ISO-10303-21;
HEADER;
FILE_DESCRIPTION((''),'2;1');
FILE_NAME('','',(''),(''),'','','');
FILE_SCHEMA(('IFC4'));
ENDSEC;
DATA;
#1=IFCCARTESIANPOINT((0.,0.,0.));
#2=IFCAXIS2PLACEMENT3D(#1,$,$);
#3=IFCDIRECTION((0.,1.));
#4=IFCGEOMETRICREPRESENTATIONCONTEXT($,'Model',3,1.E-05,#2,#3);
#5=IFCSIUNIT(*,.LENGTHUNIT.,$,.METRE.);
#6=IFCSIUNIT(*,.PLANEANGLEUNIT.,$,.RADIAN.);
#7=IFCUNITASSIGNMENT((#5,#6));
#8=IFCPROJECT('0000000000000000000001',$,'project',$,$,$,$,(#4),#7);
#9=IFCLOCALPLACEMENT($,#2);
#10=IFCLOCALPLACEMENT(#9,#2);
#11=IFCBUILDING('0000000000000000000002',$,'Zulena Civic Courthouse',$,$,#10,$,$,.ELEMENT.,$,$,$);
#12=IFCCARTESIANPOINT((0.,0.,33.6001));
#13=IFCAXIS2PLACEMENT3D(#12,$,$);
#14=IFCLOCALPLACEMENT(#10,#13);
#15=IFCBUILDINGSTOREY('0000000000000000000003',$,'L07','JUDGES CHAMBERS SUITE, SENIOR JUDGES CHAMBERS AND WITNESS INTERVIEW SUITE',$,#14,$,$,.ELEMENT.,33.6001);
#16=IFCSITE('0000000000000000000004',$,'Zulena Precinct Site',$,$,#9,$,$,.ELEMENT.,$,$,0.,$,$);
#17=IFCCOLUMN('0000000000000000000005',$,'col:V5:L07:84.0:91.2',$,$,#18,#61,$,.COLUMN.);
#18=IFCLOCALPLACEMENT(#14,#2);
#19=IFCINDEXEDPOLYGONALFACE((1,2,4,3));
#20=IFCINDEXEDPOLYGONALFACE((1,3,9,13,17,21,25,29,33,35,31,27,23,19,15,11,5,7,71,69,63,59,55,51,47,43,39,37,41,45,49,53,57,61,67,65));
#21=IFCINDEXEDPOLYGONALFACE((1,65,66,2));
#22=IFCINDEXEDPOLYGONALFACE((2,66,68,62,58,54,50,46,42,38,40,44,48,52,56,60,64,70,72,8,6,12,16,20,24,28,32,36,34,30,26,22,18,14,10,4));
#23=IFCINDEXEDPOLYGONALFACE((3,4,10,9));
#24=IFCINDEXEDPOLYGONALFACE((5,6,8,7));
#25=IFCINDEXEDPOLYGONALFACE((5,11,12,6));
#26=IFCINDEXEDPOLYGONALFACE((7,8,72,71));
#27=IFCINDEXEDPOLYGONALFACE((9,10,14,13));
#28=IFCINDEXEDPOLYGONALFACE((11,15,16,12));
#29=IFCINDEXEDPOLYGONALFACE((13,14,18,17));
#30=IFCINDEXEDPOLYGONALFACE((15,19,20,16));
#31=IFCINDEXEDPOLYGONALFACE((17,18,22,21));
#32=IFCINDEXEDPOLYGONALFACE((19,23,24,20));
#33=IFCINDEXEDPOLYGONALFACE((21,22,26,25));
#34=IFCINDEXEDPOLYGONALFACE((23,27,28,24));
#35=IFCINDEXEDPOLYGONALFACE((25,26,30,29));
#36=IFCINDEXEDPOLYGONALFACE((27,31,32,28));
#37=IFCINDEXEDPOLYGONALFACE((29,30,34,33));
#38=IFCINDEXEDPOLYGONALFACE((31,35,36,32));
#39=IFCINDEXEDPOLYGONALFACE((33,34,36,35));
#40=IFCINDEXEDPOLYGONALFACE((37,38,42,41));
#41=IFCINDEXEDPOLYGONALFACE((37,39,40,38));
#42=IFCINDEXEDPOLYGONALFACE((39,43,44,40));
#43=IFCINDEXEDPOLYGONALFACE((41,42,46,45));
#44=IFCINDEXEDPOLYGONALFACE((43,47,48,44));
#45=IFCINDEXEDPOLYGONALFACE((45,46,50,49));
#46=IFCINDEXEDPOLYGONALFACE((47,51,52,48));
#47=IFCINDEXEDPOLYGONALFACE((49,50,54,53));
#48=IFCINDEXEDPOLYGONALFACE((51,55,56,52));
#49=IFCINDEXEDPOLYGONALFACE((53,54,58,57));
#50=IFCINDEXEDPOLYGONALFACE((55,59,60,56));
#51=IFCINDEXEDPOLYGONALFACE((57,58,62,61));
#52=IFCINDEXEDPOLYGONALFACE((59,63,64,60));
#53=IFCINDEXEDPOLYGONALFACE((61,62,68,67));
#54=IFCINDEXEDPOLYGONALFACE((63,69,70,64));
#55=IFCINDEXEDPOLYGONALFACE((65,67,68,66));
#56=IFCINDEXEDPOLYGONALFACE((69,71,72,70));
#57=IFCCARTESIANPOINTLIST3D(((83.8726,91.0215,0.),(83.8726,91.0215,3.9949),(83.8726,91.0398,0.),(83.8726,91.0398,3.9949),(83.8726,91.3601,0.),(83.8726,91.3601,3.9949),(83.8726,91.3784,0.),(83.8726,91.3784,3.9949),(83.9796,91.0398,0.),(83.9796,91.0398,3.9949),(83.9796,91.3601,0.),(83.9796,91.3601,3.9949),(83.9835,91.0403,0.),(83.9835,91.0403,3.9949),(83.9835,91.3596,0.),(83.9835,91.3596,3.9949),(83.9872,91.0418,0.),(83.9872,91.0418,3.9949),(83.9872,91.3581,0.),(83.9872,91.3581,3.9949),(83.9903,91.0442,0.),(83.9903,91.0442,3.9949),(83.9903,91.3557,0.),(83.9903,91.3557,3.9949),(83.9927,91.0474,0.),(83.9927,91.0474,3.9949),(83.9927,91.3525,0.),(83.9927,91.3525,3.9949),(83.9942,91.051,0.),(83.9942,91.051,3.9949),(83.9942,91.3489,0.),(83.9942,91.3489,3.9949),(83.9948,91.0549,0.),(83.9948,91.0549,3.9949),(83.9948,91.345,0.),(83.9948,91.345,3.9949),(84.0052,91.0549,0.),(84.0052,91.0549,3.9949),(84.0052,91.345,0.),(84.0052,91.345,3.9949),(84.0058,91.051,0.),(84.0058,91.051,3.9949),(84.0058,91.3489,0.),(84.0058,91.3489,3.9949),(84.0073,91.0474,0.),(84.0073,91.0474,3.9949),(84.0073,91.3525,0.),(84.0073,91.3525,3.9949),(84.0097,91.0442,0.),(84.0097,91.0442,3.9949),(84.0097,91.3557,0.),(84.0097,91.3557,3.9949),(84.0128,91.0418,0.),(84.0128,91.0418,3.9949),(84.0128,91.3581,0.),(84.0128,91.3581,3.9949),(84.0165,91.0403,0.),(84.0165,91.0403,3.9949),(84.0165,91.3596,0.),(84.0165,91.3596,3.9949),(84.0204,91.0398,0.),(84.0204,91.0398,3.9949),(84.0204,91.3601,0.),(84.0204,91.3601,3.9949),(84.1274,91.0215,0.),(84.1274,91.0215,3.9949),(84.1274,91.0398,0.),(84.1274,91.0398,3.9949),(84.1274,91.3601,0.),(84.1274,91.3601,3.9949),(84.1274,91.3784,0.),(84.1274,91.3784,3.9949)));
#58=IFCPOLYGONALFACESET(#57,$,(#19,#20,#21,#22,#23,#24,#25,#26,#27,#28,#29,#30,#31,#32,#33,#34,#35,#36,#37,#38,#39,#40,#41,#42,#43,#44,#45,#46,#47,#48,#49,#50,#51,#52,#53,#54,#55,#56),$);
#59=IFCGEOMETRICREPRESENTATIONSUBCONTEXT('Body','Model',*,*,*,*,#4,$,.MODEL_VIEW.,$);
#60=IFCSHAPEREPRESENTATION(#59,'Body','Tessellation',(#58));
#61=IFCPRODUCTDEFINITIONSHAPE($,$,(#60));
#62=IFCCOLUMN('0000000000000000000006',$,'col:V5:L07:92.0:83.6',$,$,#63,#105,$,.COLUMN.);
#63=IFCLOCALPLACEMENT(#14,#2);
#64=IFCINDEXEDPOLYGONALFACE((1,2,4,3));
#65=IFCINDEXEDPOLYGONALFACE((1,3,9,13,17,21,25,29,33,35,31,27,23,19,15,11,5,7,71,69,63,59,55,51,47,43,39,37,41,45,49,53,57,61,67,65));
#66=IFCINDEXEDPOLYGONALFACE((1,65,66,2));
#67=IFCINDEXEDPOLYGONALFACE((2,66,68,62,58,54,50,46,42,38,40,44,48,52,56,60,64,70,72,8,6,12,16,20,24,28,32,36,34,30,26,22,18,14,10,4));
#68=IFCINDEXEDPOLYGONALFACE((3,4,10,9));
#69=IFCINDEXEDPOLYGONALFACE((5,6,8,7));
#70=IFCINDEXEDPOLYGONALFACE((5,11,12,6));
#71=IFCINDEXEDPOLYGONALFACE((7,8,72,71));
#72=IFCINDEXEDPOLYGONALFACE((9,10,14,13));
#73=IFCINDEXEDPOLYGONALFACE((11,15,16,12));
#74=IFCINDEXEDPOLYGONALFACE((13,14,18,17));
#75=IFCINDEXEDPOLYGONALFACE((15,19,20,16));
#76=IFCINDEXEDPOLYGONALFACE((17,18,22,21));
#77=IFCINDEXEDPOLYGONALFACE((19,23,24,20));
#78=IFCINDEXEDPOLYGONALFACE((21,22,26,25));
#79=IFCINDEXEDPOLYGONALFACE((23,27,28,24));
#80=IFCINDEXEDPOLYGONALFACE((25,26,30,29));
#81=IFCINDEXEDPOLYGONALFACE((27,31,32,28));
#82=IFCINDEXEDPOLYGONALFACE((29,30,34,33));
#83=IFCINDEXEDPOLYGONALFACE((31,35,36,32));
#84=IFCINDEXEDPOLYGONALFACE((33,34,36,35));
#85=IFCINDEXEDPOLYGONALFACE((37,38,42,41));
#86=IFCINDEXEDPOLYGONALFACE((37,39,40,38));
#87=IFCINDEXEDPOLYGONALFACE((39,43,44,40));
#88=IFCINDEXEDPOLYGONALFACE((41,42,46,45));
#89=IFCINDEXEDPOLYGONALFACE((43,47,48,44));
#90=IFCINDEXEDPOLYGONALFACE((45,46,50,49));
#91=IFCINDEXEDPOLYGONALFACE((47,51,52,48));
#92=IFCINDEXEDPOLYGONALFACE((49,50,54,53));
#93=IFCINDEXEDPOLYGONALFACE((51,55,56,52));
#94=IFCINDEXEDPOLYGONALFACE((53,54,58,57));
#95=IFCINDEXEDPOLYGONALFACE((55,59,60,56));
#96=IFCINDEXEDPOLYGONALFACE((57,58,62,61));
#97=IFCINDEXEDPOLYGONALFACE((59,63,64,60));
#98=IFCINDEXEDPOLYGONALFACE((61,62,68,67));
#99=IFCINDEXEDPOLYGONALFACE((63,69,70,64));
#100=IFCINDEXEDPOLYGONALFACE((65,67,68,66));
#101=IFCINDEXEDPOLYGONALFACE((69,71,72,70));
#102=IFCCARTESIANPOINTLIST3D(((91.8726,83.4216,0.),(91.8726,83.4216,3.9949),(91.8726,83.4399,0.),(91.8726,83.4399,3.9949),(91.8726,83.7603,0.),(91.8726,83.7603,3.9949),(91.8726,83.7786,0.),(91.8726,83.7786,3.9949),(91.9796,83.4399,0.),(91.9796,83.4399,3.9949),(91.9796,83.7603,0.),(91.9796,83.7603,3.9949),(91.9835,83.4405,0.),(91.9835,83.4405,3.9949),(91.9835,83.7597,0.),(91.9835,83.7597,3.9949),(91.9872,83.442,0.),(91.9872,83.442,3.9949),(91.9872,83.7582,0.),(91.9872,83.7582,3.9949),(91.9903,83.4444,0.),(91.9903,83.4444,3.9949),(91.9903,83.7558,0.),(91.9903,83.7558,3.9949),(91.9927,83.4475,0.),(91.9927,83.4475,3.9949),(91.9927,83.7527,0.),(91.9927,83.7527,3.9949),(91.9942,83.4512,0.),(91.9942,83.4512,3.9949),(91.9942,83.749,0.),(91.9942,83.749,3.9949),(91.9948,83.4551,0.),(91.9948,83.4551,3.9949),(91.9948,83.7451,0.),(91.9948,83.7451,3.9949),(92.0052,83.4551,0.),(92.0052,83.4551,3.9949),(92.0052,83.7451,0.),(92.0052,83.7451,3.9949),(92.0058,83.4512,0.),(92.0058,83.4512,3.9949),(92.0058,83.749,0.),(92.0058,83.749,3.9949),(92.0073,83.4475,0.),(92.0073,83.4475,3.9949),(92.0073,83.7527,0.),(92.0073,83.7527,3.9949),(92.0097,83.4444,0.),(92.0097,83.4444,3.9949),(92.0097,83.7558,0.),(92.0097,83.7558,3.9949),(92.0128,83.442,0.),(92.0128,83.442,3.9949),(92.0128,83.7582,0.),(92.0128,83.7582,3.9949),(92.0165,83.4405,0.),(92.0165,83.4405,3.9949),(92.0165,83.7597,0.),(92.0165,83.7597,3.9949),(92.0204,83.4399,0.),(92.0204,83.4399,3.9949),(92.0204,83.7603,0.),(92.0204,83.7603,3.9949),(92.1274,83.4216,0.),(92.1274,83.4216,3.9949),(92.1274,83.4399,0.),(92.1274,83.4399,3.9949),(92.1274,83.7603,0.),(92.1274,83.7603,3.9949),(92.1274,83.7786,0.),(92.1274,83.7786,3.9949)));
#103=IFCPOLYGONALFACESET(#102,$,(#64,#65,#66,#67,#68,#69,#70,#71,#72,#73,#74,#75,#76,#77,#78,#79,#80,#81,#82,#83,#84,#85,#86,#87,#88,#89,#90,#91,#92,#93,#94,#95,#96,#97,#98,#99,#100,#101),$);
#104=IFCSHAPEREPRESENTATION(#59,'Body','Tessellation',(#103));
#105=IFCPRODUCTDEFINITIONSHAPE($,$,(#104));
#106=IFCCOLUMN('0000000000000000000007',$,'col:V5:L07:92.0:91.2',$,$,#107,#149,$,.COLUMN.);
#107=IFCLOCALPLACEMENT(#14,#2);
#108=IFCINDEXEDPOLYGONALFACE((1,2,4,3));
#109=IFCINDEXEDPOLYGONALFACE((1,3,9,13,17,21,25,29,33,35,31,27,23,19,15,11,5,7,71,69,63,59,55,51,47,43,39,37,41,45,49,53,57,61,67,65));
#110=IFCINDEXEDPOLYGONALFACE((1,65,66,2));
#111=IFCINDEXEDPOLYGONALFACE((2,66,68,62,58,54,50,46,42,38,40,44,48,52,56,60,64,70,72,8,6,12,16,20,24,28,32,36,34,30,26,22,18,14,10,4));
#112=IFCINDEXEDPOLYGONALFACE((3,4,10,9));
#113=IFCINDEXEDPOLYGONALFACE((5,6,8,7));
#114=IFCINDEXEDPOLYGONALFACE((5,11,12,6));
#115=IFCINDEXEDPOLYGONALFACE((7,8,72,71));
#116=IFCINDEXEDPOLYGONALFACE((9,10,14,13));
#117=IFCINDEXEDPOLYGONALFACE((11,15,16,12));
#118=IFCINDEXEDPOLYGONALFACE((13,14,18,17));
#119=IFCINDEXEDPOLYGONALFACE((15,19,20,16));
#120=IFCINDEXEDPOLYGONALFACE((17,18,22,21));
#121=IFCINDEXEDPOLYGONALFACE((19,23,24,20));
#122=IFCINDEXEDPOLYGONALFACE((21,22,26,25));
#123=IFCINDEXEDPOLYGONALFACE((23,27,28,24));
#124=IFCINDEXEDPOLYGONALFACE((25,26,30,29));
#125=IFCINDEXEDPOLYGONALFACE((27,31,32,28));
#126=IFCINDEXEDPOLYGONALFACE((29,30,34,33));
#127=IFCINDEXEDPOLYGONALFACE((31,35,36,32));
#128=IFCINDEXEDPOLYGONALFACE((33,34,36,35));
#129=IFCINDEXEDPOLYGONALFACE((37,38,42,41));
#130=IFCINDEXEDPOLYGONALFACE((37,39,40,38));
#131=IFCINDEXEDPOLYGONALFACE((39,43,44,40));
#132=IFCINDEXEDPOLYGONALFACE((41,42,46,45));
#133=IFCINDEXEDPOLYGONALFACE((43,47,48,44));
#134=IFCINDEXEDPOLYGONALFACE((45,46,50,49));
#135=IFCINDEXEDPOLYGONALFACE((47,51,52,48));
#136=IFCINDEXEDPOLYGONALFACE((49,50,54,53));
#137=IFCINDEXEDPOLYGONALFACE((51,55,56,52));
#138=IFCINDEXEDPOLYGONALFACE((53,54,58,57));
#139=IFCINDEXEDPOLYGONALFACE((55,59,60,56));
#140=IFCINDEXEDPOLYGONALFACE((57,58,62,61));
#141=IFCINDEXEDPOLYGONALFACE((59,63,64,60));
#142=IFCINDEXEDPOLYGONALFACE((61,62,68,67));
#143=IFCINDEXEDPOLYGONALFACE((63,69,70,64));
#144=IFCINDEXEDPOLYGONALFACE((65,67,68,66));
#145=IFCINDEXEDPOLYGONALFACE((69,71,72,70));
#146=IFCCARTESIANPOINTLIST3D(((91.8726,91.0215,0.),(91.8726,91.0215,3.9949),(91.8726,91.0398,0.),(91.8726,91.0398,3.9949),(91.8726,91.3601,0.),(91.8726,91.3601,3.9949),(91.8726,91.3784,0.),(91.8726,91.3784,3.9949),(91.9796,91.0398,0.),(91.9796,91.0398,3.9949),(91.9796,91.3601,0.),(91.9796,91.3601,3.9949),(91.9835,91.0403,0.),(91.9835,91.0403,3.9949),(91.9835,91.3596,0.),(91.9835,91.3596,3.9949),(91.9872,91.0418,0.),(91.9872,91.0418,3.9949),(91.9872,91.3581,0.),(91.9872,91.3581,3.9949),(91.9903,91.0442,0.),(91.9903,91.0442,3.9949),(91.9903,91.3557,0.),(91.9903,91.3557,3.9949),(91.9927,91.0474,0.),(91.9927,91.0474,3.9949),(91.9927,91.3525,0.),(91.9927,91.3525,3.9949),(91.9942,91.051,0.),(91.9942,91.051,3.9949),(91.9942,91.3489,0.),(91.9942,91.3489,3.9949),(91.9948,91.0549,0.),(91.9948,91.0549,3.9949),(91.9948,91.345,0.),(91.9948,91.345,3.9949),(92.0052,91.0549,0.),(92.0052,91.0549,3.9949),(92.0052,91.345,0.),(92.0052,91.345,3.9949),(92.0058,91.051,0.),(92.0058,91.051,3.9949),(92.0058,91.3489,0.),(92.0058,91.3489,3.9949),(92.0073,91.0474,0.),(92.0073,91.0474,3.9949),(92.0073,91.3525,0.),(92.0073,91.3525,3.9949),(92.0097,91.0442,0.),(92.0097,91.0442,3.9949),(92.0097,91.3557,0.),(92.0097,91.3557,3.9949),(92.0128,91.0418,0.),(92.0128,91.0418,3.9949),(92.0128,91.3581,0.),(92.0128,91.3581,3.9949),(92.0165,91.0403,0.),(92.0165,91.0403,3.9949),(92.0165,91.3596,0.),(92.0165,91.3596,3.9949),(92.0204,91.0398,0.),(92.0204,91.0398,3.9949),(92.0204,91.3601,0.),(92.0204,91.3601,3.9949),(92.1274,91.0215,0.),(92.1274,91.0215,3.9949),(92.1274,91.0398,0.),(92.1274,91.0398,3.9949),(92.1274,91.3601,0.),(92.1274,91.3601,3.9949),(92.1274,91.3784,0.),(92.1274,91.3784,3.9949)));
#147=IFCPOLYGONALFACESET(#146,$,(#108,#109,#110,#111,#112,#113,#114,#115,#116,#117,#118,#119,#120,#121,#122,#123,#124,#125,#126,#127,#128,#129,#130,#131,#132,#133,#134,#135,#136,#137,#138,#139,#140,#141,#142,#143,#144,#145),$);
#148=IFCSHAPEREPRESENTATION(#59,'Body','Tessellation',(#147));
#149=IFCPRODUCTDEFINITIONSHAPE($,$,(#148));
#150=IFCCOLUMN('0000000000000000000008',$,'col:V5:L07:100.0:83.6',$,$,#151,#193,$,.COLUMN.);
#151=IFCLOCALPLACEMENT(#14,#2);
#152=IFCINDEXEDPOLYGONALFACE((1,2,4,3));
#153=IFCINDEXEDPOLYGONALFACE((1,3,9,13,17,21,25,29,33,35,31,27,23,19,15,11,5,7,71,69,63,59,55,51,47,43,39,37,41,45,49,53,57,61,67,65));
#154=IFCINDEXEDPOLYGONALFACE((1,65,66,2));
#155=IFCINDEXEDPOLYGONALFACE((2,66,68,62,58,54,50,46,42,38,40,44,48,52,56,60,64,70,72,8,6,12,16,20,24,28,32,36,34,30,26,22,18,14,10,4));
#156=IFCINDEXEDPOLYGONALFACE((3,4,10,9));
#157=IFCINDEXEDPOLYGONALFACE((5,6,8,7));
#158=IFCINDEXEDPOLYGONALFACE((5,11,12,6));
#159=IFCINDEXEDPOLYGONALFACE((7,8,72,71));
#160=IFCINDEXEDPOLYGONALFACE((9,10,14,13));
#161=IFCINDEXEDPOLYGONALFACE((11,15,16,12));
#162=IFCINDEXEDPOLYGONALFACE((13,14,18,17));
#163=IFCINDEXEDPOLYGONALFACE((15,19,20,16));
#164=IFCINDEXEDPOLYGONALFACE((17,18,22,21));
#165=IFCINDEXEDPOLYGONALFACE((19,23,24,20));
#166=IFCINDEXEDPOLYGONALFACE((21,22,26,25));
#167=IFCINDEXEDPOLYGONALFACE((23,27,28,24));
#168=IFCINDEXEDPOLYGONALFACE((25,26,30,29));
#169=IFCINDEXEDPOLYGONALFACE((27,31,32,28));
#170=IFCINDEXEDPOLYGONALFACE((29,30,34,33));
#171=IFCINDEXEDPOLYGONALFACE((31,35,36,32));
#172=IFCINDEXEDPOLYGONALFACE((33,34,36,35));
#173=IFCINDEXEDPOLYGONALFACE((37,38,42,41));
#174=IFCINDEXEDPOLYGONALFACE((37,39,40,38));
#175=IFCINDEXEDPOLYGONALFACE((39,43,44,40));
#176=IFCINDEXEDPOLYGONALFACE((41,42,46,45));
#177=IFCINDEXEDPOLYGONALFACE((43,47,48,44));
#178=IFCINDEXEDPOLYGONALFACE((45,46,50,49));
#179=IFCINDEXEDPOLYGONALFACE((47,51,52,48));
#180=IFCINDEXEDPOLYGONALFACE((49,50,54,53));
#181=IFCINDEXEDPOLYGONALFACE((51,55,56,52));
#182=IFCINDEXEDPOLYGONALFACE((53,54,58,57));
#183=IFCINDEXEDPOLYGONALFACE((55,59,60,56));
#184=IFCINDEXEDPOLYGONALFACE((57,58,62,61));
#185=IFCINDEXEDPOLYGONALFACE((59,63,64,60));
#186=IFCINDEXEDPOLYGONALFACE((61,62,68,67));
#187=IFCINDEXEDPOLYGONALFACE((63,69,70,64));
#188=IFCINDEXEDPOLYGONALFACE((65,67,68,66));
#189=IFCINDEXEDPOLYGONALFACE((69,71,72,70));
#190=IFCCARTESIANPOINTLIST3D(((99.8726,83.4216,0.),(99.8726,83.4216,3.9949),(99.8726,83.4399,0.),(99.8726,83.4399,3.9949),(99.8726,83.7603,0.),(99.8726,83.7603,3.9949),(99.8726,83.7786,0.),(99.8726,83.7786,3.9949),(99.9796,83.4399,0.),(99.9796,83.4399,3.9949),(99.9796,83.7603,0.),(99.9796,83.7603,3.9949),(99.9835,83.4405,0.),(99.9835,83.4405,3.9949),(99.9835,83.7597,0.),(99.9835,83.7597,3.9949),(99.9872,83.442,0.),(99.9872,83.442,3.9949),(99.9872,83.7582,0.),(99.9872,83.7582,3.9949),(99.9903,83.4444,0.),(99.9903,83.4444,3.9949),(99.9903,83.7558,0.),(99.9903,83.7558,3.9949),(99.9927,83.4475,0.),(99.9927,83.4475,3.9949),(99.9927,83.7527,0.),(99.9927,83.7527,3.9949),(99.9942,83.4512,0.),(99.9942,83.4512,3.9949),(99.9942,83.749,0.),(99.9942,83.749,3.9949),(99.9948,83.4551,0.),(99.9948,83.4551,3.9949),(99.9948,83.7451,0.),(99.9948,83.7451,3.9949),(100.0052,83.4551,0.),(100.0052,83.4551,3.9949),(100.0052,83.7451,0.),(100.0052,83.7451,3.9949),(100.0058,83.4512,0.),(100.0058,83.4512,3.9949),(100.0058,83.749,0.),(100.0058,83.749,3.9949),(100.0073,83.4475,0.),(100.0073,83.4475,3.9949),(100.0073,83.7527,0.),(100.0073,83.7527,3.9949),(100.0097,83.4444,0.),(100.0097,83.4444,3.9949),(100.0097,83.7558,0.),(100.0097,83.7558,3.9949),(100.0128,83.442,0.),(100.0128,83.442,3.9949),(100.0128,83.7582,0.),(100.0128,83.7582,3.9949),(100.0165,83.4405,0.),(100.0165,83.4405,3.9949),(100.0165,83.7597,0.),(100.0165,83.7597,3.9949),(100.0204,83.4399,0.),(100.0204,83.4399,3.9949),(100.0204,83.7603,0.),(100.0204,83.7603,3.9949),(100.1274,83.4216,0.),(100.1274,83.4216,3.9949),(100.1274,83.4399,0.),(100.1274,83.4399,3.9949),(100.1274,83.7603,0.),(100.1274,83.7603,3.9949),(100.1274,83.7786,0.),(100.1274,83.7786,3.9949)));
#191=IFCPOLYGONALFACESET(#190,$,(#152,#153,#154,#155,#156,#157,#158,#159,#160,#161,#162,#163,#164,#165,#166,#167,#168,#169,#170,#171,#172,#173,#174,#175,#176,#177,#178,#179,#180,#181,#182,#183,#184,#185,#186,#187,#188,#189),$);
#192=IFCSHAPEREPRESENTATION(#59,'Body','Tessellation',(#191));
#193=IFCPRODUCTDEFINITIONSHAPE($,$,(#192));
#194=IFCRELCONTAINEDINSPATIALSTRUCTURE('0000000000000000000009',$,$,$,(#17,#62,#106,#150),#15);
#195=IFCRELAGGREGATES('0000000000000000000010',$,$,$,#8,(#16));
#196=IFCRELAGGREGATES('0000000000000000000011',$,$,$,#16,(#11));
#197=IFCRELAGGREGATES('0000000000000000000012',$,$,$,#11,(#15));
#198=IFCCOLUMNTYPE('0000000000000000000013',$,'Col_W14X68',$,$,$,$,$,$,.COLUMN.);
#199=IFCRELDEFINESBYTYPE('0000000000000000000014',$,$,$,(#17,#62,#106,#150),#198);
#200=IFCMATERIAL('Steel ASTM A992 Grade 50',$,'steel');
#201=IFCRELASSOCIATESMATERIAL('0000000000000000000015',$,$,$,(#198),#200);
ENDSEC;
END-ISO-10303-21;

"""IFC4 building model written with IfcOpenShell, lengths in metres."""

from ifc_helpers import new_model, si_unit, direction, frame, origin, origin_2d, place, context, subcontext, project, spatial, i_section, extrude, material, material_profile, profile_set, type_object, element, save


model = new_model("IFC4")

# Units and contexts
model_context = context("Model", 3, precision=1e-05, world=origin(), true_north=direction((0.0, 1.0)))
body_context = subcontext(model_context, "Body", "Model", "MODEL_VIEW")
ifc_project = project(units=[si_unit("LENGTHUNIT", "METRE"), si_unit("PLANEANGLEUNIT", "RADIAN")], contexts=[model_context])

# Site, building, storey
site_placement = place(None, origin())
site = spatial("IfcSite", under=ifc_project, at=site_placement, Name="Zulena Precinct Site", CompositionType="ELEMENT", RefElevation=0.0)
building_placement = place(site_placement, origin())
building = spatial("IfcBuilding", under=site, at=building_placement, Name="Zulena Civic Courthouse", CompositionType="ELEMENT")
storey_placement = place(building_placement, frame((0.0, 0.0, 33.6001)))
storey = spatial("IfcBuildingStorey", under=building, at=storey_placement, Name="L07", Description="JUDGES CHAMBERS SUITE, SENIOR JUDGES CHAMBERS AND WITNESS INTERVIEW SUITE", CompositionType="ELEMENT", Elevation=33.6001)

# Columns
ifc_material_1 = material(Name="Steel ASTM A992 Grade 50", Category="steel")
ifc_material_profile_1 = material_profile(ifc_material_1, i_section(OverallWidth=0.2549, OverallDepth=0.3569, WebThickness=0.0105, FlangeThickness=0.0183, FilletRadius=0.0151, at=origin_2d()), Name="W14X68")
ifc_profile_set_1 = profile_set([ifc_material_profile_1], Name="Steel ASTM A992 Grade 50")
column_type = type_object("IfcColumnType", Name="Col_W14X68", PredefinedType="COLUMN", material=ifc_profile_set_1)
for number, where, z_axis, x_axis, name in (
    (1, (84.0, 91.2, 0.0), (0.0, 0.0, 1.0), (1.0, 0.0, 0.0), "col:V5:L07:84.0:91.2"),
    (2, (92.0, 83.6001, 0.0), (0.0, 0.0, 1.0), (1.0, 0.0, 0.0), "col:V5:L07:92.0:83.6"),
    (3, (92.0, 91.2, 0.0), (0.0, 0.0, 1.0), (1.0, 0.0, 0.0), "col:V5:L07:92.0:91.2"),
    (4, (100.0, 83.6001, 0.0), (0.0, 0.0, 1.0), (1.0, 0.0, 0.0), "col:V5:L07:100.0:83.6"),
):
    element("IfcColumn", number, at=place(storey_placement, frame(where, z_axis=z_axis, x_axis=x_axis)), inside=storey, type_object=column_type, Name=name, PredefinedType="COLUMN", context=body_context, shape_type="SweptSolid", body=[
        extrude(i_section(OverallWidth=0.2549, OverallDepth=0.3569, WebThickness=0.0105, FlangeThickness=0.0183, FilletRadius=0.0151, at=origin_2d()), origin(), (0.0, 0.0, 1.0), 3.9949),
    ])

save(model, "model.ifc")
